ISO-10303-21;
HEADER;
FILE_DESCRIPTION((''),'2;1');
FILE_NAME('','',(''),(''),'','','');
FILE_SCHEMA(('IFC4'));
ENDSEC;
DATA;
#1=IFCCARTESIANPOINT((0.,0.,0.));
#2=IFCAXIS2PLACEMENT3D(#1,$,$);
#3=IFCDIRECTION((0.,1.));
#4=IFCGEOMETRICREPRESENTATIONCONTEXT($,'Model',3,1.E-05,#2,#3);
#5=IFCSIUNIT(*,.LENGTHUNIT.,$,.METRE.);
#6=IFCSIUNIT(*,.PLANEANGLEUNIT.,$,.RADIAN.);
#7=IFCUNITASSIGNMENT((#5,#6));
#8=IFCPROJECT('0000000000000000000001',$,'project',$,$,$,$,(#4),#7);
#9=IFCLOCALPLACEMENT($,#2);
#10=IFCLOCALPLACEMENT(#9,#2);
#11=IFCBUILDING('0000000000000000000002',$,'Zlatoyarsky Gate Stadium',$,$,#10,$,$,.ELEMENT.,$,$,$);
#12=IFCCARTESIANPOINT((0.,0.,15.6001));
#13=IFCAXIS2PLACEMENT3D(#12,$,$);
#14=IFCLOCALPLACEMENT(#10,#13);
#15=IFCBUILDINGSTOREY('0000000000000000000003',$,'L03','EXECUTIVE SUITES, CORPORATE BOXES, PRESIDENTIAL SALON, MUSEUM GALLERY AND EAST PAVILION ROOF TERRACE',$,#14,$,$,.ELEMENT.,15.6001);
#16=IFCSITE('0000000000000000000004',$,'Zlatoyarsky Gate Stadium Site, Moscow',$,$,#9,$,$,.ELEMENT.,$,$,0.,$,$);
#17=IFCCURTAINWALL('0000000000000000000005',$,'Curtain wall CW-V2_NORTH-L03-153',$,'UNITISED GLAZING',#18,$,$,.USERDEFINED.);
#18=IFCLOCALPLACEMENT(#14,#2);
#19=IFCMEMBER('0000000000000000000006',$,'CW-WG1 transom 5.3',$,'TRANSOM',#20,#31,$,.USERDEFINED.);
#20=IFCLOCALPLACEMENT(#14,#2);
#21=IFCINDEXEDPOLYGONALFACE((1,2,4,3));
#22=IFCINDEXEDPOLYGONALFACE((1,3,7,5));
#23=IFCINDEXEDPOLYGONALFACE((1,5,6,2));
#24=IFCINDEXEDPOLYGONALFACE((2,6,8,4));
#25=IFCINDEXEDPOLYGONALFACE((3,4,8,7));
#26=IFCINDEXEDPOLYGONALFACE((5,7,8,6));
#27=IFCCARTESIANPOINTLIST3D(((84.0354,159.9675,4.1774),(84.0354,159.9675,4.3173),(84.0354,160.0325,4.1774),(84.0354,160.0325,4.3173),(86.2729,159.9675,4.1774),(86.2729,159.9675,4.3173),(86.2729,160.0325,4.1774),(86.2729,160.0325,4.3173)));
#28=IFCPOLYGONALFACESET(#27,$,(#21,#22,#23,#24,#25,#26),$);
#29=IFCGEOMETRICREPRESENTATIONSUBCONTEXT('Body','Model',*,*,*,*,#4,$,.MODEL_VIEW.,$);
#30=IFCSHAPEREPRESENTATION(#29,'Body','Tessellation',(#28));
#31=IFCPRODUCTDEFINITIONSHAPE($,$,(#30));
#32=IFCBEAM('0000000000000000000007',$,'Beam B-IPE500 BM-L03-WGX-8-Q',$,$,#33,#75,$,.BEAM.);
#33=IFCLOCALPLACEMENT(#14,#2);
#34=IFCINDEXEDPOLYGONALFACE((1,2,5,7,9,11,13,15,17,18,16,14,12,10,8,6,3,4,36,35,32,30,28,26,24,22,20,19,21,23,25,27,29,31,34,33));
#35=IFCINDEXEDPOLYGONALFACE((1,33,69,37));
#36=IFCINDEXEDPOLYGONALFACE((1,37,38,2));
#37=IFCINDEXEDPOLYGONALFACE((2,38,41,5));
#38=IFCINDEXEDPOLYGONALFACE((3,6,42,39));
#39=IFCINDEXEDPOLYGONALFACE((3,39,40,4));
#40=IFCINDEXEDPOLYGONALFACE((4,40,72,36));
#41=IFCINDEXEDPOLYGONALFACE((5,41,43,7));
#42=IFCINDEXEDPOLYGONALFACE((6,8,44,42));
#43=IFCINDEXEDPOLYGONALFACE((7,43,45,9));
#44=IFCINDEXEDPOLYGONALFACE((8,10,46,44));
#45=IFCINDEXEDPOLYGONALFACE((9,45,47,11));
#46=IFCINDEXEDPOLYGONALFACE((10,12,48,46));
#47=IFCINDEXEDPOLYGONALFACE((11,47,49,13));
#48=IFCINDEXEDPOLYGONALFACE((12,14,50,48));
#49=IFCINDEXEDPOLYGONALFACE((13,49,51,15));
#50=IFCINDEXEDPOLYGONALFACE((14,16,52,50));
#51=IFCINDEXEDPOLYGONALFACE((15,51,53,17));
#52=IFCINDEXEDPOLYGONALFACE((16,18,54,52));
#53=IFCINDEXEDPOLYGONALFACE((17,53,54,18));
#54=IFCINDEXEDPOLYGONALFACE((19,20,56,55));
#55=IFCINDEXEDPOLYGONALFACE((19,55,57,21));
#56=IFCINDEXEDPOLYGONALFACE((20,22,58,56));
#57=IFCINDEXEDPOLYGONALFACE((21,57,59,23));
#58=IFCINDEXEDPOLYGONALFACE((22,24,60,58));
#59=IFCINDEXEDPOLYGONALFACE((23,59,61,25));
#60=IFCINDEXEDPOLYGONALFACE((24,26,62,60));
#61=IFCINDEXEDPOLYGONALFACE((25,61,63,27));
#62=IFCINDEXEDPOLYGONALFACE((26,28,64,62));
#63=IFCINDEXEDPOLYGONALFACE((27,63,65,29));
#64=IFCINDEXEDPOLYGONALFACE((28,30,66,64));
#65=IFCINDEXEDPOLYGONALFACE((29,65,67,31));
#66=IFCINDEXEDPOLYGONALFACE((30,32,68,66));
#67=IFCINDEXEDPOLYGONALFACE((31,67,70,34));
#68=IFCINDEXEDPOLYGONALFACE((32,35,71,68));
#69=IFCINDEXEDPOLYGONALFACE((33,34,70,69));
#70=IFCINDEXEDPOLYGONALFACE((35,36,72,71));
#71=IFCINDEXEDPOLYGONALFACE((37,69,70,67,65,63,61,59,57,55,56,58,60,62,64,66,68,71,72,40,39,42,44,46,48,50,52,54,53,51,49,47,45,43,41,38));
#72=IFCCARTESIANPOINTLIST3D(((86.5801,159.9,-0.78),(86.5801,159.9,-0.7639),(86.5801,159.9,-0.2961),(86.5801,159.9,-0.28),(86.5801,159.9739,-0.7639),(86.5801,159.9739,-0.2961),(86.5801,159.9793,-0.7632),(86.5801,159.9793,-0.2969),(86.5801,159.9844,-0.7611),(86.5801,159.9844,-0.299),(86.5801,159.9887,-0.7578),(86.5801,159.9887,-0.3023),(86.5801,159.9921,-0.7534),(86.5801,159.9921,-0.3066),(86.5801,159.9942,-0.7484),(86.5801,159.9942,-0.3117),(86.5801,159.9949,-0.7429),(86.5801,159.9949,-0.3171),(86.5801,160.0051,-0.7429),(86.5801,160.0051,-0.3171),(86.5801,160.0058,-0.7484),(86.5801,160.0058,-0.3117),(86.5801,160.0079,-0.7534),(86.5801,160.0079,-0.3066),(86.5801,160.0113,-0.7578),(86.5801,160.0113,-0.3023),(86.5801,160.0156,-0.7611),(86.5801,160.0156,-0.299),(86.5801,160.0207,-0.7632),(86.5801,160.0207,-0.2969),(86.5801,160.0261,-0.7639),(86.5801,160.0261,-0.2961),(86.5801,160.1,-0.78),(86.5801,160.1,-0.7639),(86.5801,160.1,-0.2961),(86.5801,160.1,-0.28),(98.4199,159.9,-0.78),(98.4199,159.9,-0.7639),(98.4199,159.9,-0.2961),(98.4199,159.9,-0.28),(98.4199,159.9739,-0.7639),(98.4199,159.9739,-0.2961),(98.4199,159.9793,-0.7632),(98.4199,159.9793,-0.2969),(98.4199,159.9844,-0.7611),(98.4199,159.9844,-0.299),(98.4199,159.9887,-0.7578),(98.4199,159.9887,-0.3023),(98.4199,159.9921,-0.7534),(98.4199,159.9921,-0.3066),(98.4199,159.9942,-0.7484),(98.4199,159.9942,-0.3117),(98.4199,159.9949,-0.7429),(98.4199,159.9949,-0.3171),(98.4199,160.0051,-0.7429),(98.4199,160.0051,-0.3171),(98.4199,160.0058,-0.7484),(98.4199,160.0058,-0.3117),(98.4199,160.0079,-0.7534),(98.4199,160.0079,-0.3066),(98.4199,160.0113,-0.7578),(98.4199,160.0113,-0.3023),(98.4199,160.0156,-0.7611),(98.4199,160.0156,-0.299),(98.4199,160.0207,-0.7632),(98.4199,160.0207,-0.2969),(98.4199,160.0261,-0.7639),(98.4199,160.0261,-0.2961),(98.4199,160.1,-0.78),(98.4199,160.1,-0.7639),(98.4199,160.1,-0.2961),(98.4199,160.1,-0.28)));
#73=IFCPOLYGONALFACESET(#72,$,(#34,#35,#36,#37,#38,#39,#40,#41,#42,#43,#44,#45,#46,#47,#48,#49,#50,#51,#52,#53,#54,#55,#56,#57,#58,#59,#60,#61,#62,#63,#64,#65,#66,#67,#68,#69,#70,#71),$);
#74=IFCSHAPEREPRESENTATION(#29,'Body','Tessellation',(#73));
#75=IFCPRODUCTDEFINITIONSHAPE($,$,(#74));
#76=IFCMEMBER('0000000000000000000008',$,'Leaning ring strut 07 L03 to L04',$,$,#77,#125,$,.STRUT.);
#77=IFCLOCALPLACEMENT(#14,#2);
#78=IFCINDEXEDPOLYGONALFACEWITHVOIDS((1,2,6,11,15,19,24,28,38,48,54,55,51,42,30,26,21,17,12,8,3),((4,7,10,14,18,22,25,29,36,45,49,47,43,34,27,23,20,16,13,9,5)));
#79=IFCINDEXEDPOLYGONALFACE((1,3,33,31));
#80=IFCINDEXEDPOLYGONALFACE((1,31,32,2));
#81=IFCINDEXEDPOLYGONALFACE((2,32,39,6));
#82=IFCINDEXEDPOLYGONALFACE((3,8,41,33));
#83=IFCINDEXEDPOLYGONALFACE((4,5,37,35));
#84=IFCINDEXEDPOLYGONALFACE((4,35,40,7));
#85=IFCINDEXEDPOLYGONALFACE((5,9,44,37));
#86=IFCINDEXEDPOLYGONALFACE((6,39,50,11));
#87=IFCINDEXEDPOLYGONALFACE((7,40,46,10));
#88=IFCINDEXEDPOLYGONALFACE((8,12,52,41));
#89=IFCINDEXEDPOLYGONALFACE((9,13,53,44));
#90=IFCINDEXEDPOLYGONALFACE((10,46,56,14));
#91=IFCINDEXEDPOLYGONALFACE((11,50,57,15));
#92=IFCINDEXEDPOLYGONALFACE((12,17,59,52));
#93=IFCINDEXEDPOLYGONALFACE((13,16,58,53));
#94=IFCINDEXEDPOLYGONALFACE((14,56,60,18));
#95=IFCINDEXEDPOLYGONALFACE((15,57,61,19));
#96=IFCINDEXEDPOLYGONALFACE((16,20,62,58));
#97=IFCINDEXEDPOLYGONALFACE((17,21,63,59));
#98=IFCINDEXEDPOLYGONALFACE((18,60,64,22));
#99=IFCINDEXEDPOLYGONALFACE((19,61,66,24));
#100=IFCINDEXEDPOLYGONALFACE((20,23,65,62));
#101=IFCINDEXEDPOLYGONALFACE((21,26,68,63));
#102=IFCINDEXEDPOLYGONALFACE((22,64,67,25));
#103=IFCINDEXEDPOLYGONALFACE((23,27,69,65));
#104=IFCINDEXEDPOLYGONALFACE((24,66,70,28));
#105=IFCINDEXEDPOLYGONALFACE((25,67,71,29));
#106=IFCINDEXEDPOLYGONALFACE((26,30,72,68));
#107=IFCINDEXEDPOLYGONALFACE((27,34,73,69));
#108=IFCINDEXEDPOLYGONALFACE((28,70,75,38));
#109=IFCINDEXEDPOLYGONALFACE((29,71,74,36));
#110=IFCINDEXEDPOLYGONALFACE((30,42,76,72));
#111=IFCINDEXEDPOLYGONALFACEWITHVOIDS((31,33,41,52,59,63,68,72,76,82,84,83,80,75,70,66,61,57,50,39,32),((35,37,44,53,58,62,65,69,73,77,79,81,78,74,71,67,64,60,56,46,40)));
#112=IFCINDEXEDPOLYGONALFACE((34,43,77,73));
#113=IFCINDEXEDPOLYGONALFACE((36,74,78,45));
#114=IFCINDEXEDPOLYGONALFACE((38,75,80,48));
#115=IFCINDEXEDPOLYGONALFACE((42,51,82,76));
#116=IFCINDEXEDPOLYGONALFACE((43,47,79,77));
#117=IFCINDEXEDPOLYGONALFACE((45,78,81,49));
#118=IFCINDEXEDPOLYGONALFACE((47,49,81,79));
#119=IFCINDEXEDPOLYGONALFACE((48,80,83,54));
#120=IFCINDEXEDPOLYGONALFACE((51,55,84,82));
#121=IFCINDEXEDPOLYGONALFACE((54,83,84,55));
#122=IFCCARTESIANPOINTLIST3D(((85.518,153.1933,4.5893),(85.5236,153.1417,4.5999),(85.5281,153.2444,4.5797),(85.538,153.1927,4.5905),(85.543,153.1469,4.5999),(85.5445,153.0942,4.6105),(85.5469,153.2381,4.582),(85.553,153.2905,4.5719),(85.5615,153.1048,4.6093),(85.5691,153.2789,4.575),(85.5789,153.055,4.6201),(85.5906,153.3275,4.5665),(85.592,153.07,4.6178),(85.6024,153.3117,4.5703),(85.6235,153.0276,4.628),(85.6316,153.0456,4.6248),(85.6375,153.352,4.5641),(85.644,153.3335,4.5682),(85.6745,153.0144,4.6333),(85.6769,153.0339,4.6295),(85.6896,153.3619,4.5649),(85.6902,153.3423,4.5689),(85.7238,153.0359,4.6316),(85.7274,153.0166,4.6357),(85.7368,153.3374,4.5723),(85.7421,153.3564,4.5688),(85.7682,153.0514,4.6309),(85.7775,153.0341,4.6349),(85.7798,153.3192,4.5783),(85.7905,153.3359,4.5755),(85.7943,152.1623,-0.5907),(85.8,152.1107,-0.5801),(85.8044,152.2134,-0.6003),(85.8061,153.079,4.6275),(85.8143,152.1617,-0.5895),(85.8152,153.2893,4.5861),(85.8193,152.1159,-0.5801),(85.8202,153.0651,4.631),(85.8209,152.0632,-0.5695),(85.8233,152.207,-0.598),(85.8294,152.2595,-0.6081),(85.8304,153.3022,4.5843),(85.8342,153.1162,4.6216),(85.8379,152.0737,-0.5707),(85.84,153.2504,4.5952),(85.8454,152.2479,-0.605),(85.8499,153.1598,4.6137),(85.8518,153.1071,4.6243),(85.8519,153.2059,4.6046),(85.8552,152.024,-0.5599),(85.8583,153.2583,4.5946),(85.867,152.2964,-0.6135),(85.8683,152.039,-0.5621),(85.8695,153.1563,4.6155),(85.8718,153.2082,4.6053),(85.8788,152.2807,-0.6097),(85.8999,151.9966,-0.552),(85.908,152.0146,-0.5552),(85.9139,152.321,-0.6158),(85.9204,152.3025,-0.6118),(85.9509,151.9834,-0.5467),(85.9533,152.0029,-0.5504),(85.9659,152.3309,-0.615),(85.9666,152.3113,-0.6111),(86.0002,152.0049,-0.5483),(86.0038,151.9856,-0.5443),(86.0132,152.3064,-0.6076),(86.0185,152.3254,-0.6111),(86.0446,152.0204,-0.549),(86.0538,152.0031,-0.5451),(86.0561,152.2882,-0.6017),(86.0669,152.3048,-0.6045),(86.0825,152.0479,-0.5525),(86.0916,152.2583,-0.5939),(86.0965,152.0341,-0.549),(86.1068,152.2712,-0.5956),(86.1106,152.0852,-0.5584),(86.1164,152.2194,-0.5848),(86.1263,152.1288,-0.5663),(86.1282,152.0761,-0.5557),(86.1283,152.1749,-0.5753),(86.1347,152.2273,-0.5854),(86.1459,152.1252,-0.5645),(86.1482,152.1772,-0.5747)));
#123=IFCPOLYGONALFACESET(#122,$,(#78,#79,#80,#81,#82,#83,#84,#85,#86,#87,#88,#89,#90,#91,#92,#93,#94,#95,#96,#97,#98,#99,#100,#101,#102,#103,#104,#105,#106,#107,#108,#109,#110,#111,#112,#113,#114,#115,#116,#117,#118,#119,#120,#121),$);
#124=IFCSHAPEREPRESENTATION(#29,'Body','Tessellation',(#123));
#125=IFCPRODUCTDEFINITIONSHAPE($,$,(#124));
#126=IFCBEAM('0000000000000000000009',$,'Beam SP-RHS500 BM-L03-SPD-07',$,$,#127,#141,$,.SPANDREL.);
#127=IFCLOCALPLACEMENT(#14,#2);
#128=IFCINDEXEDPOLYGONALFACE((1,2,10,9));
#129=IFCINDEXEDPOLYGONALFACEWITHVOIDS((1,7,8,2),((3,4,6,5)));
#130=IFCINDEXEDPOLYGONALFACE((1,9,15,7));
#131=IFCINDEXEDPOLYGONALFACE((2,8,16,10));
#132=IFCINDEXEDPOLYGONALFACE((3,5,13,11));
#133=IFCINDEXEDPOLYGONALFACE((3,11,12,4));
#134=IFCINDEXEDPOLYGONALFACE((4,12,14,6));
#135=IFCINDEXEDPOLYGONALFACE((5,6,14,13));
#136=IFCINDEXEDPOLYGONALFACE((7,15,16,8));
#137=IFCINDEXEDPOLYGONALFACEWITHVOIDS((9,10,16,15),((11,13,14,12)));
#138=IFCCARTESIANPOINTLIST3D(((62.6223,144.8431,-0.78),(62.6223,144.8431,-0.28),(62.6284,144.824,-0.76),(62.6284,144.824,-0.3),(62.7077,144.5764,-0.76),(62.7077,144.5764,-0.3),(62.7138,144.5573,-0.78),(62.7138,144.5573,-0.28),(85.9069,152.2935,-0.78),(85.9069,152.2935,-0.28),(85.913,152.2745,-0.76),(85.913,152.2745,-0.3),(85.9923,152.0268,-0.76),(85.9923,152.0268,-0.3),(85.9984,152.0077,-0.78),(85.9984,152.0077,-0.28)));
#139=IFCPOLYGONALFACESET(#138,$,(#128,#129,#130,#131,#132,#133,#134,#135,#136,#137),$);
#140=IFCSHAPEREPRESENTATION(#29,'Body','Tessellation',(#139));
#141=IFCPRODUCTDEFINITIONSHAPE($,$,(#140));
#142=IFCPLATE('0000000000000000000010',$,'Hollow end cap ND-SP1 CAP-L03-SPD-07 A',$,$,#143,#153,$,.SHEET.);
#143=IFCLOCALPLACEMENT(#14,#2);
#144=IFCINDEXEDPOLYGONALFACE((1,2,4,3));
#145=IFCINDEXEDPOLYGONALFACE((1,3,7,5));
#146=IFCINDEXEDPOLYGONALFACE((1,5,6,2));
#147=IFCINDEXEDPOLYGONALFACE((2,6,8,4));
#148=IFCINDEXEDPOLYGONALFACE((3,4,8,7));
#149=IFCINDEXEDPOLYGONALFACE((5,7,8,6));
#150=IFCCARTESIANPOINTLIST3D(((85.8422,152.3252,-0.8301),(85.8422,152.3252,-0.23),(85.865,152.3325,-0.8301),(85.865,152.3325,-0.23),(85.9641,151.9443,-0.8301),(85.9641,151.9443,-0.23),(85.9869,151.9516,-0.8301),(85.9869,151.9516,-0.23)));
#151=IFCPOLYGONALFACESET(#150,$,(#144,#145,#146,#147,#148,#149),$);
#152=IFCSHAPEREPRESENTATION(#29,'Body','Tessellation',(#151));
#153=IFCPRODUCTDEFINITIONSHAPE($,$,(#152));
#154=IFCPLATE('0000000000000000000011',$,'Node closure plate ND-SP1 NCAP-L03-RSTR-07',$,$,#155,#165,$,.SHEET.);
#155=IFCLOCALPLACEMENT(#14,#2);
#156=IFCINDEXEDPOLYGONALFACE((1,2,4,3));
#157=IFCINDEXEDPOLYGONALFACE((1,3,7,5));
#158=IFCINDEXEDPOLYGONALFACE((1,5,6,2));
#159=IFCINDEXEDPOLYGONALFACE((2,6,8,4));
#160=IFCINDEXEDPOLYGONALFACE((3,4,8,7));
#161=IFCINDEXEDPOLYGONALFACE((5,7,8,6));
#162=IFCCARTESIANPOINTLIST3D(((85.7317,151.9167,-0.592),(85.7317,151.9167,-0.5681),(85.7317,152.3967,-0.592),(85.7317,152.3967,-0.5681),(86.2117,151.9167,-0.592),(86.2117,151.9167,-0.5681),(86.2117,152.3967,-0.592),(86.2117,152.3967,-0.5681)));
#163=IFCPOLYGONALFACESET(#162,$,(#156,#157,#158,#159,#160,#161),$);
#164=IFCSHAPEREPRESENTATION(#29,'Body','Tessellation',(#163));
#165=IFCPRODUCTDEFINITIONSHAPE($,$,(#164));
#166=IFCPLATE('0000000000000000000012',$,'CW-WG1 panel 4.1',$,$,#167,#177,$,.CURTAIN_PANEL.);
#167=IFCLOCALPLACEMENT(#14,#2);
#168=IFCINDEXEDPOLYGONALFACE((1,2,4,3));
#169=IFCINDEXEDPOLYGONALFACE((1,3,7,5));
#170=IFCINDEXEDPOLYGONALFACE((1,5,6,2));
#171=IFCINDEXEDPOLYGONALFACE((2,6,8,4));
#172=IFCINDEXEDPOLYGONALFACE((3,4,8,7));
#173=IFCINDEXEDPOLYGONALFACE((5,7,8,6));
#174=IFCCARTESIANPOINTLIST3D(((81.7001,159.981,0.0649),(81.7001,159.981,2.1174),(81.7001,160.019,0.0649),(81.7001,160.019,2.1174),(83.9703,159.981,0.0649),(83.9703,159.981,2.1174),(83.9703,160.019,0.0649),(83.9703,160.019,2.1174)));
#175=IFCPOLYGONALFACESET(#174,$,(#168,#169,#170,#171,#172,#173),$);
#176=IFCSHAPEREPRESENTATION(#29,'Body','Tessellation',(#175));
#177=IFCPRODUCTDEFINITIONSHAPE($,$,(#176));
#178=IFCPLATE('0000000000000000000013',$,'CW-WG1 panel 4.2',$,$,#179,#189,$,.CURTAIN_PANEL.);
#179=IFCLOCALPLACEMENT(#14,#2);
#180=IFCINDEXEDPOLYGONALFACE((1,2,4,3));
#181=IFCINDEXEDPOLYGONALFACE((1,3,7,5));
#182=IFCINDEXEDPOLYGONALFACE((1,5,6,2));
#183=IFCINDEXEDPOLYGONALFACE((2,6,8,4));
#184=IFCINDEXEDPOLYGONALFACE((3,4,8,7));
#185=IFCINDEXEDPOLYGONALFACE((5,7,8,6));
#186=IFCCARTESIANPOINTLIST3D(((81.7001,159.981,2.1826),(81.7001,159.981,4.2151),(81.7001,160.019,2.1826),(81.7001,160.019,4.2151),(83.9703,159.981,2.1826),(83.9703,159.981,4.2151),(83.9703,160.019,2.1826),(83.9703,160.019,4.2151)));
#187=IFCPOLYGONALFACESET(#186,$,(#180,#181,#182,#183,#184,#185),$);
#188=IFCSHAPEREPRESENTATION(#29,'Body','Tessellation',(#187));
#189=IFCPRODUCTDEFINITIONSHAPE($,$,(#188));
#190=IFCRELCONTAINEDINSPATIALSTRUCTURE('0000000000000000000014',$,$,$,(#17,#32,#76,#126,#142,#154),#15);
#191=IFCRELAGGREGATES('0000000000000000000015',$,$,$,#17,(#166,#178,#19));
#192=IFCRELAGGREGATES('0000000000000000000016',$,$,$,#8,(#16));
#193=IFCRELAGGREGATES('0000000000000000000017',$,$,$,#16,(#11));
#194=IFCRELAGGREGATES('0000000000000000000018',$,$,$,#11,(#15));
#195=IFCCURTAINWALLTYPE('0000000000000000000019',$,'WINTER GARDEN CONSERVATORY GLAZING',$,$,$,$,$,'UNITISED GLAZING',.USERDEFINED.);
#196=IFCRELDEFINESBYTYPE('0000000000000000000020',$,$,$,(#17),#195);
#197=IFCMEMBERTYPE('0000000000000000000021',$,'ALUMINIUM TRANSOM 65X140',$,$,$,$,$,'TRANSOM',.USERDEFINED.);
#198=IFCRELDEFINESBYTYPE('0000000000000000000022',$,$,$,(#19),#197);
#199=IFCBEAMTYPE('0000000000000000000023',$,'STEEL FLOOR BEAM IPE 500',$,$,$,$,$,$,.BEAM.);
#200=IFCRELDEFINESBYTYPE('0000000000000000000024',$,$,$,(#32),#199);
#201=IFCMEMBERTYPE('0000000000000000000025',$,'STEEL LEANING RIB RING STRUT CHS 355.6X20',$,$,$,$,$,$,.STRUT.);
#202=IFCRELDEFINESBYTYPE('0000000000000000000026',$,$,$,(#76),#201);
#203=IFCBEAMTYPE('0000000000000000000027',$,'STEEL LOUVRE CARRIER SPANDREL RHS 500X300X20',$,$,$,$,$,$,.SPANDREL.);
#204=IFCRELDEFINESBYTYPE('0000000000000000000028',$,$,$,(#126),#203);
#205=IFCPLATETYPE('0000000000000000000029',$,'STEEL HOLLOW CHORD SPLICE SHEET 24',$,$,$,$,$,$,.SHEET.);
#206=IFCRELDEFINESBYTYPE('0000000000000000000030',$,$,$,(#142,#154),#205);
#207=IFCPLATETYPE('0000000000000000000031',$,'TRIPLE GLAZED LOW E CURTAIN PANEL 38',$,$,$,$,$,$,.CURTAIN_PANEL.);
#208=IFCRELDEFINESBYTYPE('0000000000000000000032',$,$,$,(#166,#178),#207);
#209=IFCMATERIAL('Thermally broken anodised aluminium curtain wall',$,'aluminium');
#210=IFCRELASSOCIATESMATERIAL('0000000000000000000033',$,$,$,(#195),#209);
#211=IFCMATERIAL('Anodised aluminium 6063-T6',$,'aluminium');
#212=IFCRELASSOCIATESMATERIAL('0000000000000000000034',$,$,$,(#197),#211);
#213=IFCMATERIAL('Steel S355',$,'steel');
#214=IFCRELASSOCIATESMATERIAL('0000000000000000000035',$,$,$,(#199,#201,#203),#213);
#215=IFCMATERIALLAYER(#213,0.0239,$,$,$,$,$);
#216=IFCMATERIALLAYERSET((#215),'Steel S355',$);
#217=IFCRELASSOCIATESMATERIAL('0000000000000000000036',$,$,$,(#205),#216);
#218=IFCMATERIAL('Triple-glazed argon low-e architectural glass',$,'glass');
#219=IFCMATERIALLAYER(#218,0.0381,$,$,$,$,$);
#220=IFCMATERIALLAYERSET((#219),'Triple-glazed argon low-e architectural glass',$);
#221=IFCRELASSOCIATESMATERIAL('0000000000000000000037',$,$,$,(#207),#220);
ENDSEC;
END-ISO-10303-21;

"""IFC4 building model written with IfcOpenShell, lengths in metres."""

from ifc_helpers import new_model, si_unit, direction, frame, origin, origin_2d, place, context, subcontext, project, spatial, rectangle, hollow_rectangle, hollow_circle, i_section, extrude, material, layer, layer_set, material_profile, profile_set, type_object, element, aggregate, save


model = new_model("IFC4")

# Units and contexts
model_context = context("Model", 3, precision=1e-05, world=origin(), true_north=direction((0.0, 1.0)))
body_context = subcontext(model_context, "Body", "Model", "MODEL_VIEW")
ifc_project = project(units=[si_unit("LENGTHUNIT", "METRE"), si_unit("PLANEANGLEUNIT", "RADIAN")], contexts=[model_context])

# Site, building, storey
site_placement = place(None, origin())
site = spatial("IfcSite", under=ifc_project, at=site_placement, Name="Zlatoyarsky Gate Stadium Site, Moscow", CompositionType="ELEMENT", RefElevation=0.0)
building_placement = place(site_placement, origin())
building = spatial("IfcBuilding", under=site, at=building_placement, Name="Zlatoyarsky Gate Stadium", CompositionType="ELEMENT")
storey_placement = place(building_placement, frame((0.0, 0.0, 15.6001)))
storey = spatial("IfcBuildingStorey", under=building, at=storey_placement, Name="L03", Description="EXECUTIVE SUITES, CORPORATE BOXES, PRESIDENTIAL SALON, MUSEUM GALLERY AND EAST PAVILION ROOF TERRACE", CompositionType="ELEMENT", Elevation=15.6001)

# Shared definitions
ifc_material_1 = material(Name="Steel S355", Category="steel")

# Curtain wall, member
ifc_material_2 = material(Name="Thermally broken anodised aluminium curtain wall", Category="aluminium")
ifc_material_3 = material(Name="Anodised aluminium 6063-T6", Category="aluminium")
curtain_wall_type_1 = type_object("IfcCurtainWallType", Name="WINTER GARDEN CONSERVATORY GLAZING", ElementType="UNITISED GLAZING", PredefinedType="USERDEFINED", material=ifc_material_2)
curtain_wall_1_placement = place(storey_placement, origin())
curtain_wall_1 = element("IfcCurtainWall", 1, at=curtain_wall_1_placement, inside=storey, type_object=curtain_wall_type_1, Name="Curtain wall CW-V2_NORTH-L03-153", ObjectType="UNITISED GLAZING", PredefinedType="USERDEFINED")
ifc_material_profile_1 = material_profile(ifc_material_3, rectangle(XDim=0.0649, YDim=0.1399, at=origin_2d()), Name="ALU 65X140")
ifc_profile_set_1 = profile_set([ifc_material_profile_1], Name="Anodised aluminium 6063-T6")
member_type_1 = type_object("IfcMemberType", Name="ALUMINIUM TRANSOM 65X140", ElementType="TRANSOM", PredefinedType="USERDEFINED", material=ifc_profile_set_1)
member_1_placement = place(storey_placement, frame((84.0354, 160.0, 4.2473), z_axis=(1.0, 0.0, 0.0), x_axis=(0.0, 1.0, 0.0)))
member_1 = element("IfcMember", 2, at=member_1_placement, type_object=member_type_1, Name="CW-WG1 transom 5.3", ObjectType="TRANSOM", PredefinedType="USERDEFINED", context=body_context, shape_type="SweptSolid", body=[
    extrude(rectangle(XDim=0.0649, YDim=0.1399, at=origin_2d()), origin(), (0.0, 0.0, 1.0), 2.2375),
])

# Beam
ifc_material_profile_2 = material_profile(ifc_material_1, i_section(OverallWidth=0.2, OverallDepth=0.5, WebThickness=0.0103, FlangeThickness=0.0161, FilletRadius=0.021, at=origin_2d()), Name="IPE 500")
ifc_profile_set_2 = profile_set([ifc_material_profile_2], Name="Steel S355")
beam_type_1 = type_object("IfcBeamType", Name="STEEL FLOOR BEAM IPE 500", PredefinedType="BEAM", material=ifc_profile_set_2)
beam_1_placement = place(storey_placement, frame((86.5801, 160.0, -0.53), z_axis=(1.0, 0.0, 0.0), x_axis=(0.0, 1.0, 0.0)))
element("IfcBeam", 3, at=beam_1_placement, inside=storey, type_object=beam_type_1, Name="Beam B-IPE500 BM-L03-WGX-8-Q", PredefinedType="BEAM", context=body_context, shape_type="SweptSolid", body=[
    extrude(i_section(OverallWidth=0.2, OverallDepth=0.5, WebThickness=0.0103, FlangeThickness=0.0161, FilletRadius=0.021, at=origin_2d()), origin(), (0.0, 0.0, 1.0), 11.8398),
])

# Member
ifc_material_profile_3 = material_profile(ifc_material_1, hollow_circle(Radius=0.1777, WallThickness=0.02, at=origin_2d()), Name="CHS 355.6X20")
ifc_profile_set_3 = profile_set([ifc_material_profile_3], Name="Steel S355")
member_type_2 = type_object("IfcMemberType", Name="STEEL LEANING RIB RING STRUT CHS 355.6X20", PredefinedType="STRUT", material=ifc_profile_set_3)
member_2_placement = place(storey_placement, frame((85.9717, 152.1567, -0.5801), z_axis=(-0.052256, 0.194943, 0.979422), x_axis=(-0.9659, -0.258915, 0.0)))
element("IfcMember", 4, at=member_2_placement, inside=storey, type_object=member_type_2, Name="Leaning ring strut 07 L03 to L04", PredefinedType="STRUT", context=body_context, shape_type="SweptSolid", body=[
    extrude(hollow_circle(Radius=0.1777, WallThickness=0.02, at=origin_2d()), origin(), (0.0, 0.0, 1.0), 5.2888),
])

# Beam
ifc_material_profile_4 = material_profile(ifc_material_1, hollow_rectangle(XDim=0.3, YDim=0.5, WallThickness=0.02, at=origin_2d()), Name="RHS 500X300X20")
ifc_profile_set_4 = profile_set([ifc_material_profile_4], Name="Steel S355")
beam_type_2 = type_object("IfcBeamType", Name="STEEL LOUVRE CARRIER SPANDREL RHS 500X300X20", PredefinedType="SPANDREL", material=ifc_profile_set_4)
beam_2_placement = place(storey_placement, frame((85.9526, 152.1506, -0.53), z_axis=(-0.952432, -0.304751, 0.0), x_axis=(0.304751, -0.952432, 0.0)))
element("IfcBeam", 5, at=beam_2_placement, inside=storey, type_object=beam_type_2, Name="Beam SP-RHS500 BM-L03-SPD-07", PredefinedType="SPANDREL", context=body_context, shape_type="SweptSolid", body=[
    extrude(hollow_rectangle(XDim=0.3, YDim=0.5, WallThickness=0.02, at=origin_2d()), origin(), (0.0, 0.0, 1.0), 24.4475),
])

# Plates
ifc_layer_1 = layer(ifc_material_1, 0.0239)
ifc_layer_set_1 = layer_set([ifc_layer_1], Name="Steel S355")
plate_type_1 = type_object("IfcPlateType", Name="STEEL HOLLOW CHORD SPLICE SHEET 24", PredefinedType="SHEET", material=ifc_layer_set_1)
plate_1_placement = place(storey_placement, frame((85.9146, 152.1384, -0.8301), z_axis=(0.0, 0.0, 1.0), x_axis=(-0.95243, -0.304759, 0.0)))
element("IfcPlate", 6, at=plate_1_placement, inside=storey, type_object=plate_type_1, Name="Hollow end cap ND-SP1 CAP-L03-SPD-07 A", PredefinedType="SHEET", context=body_context, shape_type="SweptSolid", body=[
    extrude(rectangle(XDim=0.0239, YDim=0.3999, at=origin_2d()), origin(), (0.0, 0.0, 1.0), 0.6001),
])
plate_2_placement = place(storey_placement, frame((85.9717, 152.1567, -0.592), z_axis=(0.0, 0.0, 1.0), x_axis=(1.0, 0.0, 0.0)))
element("IfcPlate", 7, at=plate_2_placement, inside=storey, type_object=plate_type_1, Name="Node closure plate ND-SP1 NCAP-L03-RSTR-07", PredefinedType="SHEET", context=body_context, shape_type="SweptSolid", body=[
    extrude(rectangle(XDim=0.48, YDim=0.48, at=origin_2d()), origin(), (0.0, 0.0, 1.0), 0.0239),
])

# Plates
ifc_material_4 = material(Name="Triple-glazed argon low-e architectural glass", Category="glass")
ifc_layer_2 = layer(ifc_material_4, 0.0381)
ifc_layer_set_2 = layer_set([ifc_layer_2], Name="Triple-glazed argon low-e architectural glass")
plate_type_2 = type_object("IfcPlateType", Name="TRIPLE GLAZED LOW E CURTAIN PANEL 38", PredefinedType="CURTAIN_PANEL", material=ifc_layer_set_2)
plate_3_placement = place(storey_placement, frame((82.8352, 160.0, 0.0649), z_axis=(0.0, 0.0, 1.0), x_axis=(1.0, 0.0, 0.0)))
plate_3 = element("IfcPlate", 8, at=plate_3_placement, type_object=plate_type_2, Name="CW-WG1 panel 4.1", PredefinedType="CURTAIN_PANEL", context=body_context, shape_type="SweptSolid", body=[
    extrude(rectangle(XDim=2.2703, YDim=0.0381, at=origin_2d()), origin(), (0.0, 0.0, 1.0), 2.0525),
])
plate_4_placement = place(storey_placement, frame((82.8352, 160.0, 2.1826), z_axis=(0.0, 0.0, 1.0), x_axis=(1.0, 0.0, 0.0)))
plate_4 = element("IfcPlate", 9, at=plate_4_placement, type_object=plate_type_2, Name="CW-WG1 panel 4.2", PredefinedType="CURTAIN_PANEL", context=body_context, shape_type="SweptSolid", body=[
    extrude(rectangle(XDim=2.2703, YDim=0.0381, at=origin_2d()), origin(), (0.0, 0.0, 1.0), 2.0325),
])
aggregate(curtain_wall_1, [plate_3, plate_4, member_1])

save(model, "model.ifc")
